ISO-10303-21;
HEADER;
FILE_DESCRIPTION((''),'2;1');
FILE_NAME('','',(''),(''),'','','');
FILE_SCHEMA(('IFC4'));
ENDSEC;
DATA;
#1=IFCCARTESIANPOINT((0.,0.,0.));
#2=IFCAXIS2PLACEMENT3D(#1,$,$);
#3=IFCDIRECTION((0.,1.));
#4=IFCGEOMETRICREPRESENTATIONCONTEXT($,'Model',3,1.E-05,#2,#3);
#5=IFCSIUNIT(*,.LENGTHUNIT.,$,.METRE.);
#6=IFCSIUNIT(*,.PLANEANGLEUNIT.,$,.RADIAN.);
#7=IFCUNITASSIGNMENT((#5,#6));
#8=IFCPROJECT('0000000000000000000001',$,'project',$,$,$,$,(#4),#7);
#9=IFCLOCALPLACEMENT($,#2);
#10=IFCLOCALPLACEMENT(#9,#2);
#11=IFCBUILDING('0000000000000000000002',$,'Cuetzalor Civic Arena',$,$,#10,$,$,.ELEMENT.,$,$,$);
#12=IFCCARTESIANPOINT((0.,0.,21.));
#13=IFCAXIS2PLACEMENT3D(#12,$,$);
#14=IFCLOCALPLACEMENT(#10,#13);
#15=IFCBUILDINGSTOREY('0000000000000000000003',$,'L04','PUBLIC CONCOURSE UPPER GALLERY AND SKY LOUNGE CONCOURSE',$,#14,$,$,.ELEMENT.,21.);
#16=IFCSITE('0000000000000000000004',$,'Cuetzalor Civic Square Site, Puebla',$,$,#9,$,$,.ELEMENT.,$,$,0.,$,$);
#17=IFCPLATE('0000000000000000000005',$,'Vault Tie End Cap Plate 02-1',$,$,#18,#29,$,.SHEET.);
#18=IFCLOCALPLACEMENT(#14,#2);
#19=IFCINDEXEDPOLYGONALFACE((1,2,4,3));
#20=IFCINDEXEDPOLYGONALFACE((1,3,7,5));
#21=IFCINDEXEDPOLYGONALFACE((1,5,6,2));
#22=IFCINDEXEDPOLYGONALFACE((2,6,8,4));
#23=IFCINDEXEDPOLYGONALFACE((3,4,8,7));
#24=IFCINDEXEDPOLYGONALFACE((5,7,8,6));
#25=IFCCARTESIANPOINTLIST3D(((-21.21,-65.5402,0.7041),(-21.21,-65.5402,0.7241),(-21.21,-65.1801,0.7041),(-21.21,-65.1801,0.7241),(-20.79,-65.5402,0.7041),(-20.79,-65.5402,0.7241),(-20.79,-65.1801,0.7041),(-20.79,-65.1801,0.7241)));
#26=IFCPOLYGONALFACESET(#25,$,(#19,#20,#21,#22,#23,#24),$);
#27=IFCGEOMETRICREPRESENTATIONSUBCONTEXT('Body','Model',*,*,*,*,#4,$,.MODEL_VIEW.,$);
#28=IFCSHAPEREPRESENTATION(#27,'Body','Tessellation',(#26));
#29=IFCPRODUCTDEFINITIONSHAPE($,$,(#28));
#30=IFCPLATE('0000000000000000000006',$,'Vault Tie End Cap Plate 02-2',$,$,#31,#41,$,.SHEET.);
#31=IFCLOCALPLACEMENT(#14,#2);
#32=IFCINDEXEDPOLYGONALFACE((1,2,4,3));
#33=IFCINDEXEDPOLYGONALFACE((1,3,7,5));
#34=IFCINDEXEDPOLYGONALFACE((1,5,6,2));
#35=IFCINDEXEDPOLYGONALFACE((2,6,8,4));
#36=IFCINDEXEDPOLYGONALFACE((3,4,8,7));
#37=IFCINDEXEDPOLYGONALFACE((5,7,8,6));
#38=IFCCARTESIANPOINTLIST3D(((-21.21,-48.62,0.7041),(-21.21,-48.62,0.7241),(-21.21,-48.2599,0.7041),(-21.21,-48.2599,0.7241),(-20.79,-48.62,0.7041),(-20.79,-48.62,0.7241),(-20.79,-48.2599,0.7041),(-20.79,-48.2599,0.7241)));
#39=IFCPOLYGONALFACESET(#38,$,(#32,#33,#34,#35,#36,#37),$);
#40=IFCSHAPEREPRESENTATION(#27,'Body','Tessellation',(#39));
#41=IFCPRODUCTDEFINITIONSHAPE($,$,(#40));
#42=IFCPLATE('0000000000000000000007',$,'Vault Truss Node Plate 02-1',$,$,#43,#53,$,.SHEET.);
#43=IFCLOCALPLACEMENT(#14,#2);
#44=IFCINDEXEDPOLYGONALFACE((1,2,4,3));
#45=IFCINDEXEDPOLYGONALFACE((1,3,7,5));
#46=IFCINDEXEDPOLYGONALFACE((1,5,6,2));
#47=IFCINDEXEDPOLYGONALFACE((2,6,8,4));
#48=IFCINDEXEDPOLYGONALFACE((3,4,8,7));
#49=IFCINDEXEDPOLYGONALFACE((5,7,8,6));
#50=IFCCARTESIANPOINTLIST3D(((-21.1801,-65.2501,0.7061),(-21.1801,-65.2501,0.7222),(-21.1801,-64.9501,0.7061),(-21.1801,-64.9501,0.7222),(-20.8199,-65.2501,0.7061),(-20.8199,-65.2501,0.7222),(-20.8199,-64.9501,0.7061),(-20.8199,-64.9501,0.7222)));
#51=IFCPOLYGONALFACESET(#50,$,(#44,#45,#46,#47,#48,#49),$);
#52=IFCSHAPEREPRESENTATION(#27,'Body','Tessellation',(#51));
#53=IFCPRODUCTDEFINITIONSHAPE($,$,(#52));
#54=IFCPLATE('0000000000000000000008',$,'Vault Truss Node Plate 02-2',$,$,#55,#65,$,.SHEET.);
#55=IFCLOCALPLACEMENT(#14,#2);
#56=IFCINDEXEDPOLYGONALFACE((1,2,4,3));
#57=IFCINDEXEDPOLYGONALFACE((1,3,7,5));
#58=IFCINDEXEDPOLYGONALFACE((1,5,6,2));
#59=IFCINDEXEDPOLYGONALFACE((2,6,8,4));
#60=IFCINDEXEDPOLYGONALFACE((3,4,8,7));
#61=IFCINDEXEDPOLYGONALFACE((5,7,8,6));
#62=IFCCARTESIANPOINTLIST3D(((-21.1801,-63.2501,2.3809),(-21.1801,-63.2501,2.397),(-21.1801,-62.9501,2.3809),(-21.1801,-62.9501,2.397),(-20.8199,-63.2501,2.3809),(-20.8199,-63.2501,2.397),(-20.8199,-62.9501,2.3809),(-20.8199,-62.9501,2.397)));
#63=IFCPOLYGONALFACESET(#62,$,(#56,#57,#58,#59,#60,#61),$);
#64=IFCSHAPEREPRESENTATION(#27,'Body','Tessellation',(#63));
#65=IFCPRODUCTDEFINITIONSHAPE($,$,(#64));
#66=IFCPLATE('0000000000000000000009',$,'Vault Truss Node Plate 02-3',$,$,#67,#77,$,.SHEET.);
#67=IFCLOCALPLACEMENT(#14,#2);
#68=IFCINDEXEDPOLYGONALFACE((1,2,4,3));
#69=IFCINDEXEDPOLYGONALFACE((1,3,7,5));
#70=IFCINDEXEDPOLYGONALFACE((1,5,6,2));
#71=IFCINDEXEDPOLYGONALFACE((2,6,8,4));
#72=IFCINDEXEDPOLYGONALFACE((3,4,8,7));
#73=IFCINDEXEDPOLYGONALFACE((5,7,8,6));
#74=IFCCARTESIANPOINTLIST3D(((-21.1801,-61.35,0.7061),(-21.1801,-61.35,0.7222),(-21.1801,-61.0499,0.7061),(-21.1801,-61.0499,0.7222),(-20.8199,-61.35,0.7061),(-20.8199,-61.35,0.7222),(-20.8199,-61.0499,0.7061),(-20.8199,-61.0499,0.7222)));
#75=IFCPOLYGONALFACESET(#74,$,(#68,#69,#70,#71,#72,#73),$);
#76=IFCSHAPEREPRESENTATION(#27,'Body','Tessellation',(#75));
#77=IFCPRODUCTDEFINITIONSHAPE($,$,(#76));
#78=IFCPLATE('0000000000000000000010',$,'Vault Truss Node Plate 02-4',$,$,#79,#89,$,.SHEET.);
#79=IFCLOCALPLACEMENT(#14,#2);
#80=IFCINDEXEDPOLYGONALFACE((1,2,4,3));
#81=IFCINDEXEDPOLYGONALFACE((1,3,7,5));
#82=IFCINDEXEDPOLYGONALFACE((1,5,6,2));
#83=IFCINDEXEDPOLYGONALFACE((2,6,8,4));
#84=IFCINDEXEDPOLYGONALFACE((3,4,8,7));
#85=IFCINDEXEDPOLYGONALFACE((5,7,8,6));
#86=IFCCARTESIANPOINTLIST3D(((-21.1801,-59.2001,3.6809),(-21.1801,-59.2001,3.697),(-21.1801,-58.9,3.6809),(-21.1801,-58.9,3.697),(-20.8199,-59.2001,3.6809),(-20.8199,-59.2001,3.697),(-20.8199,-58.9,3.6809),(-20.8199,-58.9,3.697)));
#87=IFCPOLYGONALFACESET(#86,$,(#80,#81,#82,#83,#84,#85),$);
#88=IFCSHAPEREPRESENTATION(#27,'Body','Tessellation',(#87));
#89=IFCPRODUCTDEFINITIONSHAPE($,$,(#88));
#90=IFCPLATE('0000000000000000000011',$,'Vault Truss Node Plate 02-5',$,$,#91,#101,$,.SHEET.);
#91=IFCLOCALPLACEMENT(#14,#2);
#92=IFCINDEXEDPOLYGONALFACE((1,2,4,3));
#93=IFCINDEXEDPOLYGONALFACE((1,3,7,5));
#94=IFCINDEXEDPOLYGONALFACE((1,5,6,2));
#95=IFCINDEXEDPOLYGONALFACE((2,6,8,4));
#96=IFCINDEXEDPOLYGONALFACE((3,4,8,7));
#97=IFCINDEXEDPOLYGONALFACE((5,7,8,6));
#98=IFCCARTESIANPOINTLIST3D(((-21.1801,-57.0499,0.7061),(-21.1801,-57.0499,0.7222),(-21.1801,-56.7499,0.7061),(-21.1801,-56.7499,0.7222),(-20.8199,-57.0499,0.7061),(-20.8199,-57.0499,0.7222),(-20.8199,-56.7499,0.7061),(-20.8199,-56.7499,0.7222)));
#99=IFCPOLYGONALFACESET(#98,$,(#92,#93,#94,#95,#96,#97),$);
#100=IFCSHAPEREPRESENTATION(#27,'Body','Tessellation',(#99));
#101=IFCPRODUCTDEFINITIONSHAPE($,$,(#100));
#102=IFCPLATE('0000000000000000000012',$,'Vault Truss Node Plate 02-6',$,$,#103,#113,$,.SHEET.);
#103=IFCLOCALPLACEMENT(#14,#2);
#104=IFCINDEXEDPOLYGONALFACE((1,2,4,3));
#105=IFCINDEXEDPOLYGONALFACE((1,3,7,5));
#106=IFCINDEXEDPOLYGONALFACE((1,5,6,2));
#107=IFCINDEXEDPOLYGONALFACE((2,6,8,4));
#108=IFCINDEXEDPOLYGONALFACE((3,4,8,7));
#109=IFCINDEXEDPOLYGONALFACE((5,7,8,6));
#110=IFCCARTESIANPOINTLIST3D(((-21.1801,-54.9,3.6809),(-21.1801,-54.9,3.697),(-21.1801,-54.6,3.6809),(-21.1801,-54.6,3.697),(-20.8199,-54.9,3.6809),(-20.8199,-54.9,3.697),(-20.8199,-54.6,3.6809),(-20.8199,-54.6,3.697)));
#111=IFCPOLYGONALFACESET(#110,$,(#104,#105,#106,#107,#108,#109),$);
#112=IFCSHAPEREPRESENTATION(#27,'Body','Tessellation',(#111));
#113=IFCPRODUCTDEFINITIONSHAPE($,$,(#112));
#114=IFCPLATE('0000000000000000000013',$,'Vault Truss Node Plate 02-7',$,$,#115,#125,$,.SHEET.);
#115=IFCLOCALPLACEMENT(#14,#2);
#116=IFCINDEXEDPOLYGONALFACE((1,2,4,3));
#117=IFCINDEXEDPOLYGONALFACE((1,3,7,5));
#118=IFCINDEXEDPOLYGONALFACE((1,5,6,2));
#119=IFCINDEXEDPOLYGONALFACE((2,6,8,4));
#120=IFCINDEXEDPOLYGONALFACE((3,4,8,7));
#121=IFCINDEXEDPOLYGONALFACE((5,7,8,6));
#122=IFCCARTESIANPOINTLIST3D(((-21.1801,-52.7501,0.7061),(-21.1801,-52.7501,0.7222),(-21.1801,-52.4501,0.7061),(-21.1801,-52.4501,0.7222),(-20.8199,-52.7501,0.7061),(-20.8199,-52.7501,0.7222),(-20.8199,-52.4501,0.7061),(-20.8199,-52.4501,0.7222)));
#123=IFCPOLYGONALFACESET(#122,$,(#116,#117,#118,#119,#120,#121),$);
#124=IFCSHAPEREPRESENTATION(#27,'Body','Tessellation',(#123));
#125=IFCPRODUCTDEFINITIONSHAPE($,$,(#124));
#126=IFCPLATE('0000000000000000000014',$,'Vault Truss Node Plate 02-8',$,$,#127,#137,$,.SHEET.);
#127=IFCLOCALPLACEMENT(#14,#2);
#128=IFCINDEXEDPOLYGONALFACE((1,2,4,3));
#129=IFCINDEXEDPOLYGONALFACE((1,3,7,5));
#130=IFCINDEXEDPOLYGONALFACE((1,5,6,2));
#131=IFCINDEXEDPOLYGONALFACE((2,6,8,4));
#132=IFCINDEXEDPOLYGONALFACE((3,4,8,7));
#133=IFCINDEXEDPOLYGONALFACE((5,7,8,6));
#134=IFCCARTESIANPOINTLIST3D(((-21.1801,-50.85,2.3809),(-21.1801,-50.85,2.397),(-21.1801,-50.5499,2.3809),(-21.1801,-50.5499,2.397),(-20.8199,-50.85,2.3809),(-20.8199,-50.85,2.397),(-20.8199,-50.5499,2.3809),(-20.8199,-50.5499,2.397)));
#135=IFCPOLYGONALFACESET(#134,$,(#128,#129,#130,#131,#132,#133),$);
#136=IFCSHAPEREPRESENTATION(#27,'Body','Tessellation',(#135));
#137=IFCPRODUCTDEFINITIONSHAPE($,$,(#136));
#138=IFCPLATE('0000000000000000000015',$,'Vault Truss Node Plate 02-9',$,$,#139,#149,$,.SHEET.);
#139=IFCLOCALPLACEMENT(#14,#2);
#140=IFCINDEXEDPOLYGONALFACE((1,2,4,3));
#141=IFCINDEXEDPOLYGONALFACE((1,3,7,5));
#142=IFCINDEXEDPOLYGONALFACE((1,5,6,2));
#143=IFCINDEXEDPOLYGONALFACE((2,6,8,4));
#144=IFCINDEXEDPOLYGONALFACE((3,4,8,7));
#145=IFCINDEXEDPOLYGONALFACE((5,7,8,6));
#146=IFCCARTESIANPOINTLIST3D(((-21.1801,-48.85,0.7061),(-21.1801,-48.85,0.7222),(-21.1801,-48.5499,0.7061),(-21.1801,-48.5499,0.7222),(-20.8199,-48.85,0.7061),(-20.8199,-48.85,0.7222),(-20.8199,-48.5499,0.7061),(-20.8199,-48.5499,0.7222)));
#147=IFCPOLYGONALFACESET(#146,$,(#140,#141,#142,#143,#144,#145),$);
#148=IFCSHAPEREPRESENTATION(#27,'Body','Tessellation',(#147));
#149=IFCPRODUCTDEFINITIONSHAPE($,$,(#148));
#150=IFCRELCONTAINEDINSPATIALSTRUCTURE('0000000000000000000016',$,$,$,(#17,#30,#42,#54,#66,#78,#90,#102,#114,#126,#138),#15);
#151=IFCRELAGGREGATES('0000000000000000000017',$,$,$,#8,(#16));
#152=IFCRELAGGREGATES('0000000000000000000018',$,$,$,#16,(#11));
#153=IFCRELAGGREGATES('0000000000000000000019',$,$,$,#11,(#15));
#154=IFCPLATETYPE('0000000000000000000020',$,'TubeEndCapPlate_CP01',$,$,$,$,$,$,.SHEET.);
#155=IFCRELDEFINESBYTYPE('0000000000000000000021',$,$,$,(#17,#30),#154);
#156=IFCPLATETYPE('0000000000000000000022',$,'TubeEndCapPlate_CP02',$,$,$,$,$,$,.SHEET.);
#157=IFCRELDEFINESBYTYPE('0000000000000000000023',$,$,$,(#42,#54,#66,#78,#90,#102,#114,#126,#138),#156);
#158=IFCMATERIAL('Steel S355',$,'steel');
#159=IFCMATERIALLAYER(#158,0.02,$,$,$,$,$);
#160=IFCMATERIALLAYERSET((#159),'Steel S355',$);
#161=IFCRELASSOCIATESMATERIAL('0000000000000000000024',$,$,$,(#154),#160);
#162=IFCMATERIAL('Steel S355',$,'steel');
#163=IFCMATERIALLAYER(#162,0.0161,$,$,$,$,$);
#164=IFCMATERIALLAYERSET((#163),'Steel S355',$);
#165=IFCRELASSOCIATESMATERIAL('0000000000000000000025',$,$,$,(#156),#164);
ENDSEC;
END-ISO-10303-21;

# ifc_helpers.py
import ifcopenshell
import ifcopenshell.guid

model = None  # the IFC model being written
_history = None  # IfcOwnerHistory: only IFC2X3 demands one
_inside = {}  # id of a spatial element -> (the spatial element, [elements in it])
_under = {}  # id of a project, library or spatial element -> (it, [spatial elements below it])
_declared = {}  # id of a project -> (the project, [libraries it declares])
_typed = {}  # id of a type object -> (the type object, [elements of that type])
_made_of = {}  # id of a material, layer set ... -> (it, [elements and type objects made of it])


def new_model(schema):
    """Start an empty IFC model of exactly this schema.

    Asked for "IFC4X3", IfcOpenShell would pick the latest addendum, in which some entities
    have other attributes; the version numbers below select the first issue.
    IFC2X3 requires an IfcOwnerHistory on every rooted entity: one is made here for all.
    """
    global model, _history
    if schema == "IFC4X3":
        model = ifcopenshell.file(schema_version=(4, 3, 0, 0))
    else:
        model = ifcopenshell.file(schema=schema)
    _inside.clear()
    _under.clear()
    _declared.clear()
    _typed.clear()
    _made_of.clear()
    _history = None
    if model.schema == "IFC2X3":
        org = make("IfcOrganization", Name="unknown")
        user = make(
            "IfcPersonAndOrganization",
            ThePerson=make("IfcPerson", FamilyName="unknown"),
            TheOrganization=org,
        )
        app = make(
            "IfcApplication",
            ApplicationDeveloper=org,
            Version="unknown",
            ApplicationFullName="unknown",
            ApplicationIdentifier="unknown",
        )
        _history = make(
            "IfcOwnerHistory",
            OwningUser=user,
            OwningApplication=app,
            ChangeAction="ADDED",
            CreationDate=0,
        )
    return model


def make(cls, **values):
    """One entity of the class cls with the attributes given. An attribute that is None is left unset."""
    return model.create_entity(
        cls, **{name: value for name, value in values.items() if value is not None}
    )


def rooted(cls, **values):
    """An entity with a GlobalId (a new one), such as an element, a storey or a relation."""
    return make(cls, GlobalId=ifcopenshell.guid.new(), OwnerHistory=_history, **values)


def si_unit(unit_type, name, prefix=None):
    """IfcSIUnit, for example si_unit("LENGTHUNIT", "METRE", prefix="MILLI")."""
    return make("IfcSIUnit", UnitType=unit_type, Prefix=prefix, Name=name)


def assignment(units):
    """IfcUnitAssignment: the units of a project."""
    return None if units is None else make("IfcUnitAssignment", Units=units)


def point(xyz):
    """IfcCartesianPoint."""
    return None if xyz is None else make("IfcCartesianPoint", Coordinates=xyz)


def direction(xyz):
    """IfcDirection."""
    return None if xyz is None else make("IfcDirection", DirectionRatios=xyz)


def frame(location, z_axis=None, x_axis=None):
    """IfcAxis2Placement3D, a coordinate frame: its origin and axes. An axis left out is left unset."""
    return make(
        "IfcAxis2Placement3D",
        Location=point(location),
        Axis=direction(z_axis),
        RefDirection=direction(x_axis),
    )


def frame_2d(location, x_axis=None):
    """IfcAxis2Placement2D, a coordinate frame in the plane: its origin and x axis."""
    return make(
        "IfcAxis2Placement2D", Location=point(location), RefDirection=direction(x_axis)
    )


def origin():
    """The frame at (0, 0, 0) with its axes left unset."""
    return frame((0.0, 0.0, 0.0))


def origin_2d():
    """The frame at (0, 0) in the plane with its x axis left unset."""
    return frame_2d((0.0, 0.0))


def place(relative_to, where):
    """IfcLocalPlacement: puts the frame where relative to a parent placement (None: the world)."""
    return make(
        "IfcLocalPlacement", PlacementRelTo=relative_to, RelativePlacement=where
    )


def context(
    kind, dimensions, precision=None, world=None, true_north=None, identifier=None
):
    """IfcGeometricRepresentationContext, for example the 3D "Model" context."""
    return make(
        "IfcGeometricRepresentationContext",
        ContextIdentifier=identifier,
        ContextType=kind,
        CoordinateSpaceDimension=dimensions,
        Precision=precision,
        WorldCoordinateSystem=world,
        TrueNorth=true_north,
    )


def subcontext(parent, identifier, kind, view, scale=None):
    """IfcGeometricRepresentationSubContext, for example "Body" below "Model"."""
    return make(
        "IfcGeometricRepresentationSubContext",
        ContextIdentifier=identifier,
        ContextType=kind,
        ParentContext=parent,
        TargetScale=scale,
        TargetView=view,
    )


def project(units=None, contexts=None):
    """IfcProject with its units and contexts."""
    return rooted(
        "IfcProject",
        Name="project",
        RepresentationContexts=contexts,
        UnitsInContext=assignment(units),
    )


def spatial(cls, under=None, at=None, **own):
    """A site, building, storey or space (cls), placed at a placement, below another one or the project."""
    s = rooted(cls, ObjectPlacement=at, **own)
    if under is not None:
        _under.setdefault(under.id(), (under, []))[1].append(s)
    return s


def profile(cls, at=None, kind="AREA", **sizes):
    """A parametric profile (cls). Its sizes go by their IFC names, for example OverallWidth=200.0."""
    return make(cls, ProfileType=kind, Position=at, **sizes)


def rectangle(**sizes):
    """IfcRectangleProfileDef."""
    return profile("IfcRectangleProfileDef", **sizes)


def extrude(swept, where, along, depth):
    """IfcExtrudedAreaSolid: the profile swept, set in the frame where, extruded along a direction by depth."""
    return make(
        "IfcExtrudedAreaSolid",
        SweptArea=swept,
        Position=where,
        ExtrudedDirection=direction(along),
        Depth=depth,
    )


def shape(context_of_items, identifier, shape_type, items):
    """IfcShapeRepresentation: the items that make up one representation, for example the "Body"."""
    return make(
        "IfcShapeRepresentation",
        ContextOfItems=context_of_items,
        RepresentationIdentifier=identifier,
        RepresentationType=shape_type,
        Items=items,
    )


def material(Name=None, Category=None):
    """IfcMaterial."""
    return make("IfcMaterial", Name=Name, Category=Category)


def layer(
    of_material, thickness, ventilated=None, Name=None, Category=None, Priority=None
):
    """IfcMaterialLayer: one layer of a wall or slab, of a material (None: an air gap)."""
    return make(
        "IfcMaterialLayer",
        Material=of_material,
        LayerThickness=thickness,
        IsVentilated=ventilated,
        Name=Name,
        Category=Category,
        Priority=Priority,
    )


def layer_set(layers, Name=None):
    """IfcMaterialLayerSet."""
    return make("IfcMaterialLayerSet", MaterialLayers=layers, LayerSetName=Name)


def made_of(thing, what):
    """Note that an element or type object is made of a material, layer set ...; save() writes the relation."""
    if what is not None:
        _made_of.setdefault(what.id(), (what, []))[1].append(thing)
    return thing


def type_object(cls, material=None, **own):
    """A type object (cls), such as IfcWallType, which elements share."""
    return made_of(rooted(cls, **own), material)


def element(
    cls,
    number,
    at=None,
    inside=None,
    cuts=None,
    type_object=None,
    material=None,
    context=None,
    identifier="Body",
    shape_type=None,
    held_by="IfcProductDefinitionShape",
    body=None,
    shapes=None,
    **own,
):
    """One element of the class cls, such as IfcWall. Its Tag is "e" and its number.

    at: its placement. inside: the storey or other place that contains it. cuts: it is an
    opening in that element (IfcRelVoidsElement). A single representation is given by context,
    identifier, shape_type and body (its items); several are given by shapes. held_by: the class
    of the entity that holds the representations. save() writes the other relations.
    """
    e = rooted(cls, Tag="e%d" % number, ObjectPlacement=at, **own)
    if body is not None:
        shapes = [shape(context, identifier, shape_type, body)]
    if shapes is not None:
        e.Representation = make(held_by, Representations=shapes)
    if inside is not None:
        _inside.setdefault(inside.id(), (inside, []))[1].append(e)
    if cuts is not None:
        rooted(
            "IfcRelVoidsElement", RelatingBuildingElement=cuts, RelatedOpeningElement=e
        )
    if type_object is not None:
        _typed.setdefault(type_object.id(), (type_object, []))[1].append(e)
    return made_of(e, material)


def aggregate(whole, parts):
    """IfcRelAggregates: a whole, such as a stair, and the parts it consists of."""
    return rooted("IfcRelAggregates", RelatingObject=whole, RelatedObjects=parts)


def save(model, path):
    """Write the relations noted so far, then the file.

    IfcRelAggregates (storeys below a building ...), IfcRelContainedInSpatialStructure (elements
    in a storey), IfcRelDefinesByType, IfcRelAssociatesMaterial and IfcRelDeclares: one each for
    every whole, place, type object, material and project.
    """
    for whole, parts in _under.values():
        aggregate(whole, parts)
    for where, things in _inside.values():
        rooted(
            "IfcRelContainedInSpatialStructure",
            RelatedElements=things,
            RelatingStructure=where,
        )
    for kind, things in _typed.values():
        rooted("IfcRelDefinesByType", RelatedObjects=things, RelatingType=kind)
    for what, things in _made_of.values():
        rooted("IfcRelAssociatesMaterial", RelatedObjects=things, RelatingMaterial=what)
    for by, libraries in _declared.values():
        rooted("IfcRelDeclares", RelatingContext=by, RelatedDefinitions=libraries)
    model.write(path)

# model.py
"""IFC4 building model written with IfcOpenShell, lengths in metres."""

from ifc_helpers import new_model, si_unit, direction, frame, origin, origin_2d, place, context, subcontext, project, spatial, rectangle, extrude, material, layer, layer_set, type_object, element, save


model = new_model("IFC4")

# Units and contexts
model_context = context("Model", 3, precision=1e-05, world=origin(), true_north=direction((0.0, 1.0)))
body_context = subcontext(model_context, "Body", "Model", "MODEL_VIEW")
ifc_project = project(units=[si_unit("LENGTHUNIT", "METRE"), si_unit("PLANEANGLEUNIT", "RADIAN")], contexts=[model_context])

# Site, building, storey
site_placement = place(None, origin())
site = spatial("IfcSite", under=ifc_project, at=site_placement, Name="Cuetzalor Civic Square Site, Puebla", CompositionType="ELEMENT", RefElevation=0.0)
building_placement = place(site_placement, origin())
building = spatial("IfcBuilding", under=site, at=building_placement, Name="Cuetzalor Civic Arena", CompositionType="ELEMENT")
storey_placement = place(building_placement, frame((0.0, 0.0, 21.0)))
storey = spatial("IfcBuildingStorey", under=building, at=storey_placement, Name="L04", Description="PUBLIC CONCOURSE UPPER GALLERY AND SKY LOUNGE CONCOURSE", CompositionType="ELEMENT", Elevation=21.0)

# Plates
ifc_material_1 = material(Name="Steel S355", Category="steel")
ifc_layer_1 = layer(ifc_material_1, 0.02)
ifc_layer_set_1 = layer_set([ifc_layer_1], Name="Steel S355")
plate_type_1 = type_object("IfcPlateType", Name="TubeEndCapPlate_CP01", PredefinedType="SHEET", material=ifc_layer_set_1)
for number, where, z_axis, x_axis, name in (
    (1, (-21.0, -65.3601, 0.7041), (0.0, 0.0, 1.0), (1.0, 0.0, 0.0), "Vault Tie End Cap Plate 02-1"),
    (2, (-21.0, -48.4399, 0.7041), (0.0, 0.0, 1.0), (1.0, 0.0, 0.0), "Vault Tie End Cap Plate 02-2"),
):
    element("IfcPlate", number, at=place(storey_placement, frame(where, z_axis=z_axis, x_axis=x_axis)), inside=storey, type_object=plate_type_1, Name=name, PredefinedType="SHEET", context=body_context, shape_type="SweptSolid", body=[
        extrude(rectangle(XDim=0.4199, YDim=0.3601, at=origin_2d()), origin(), (0.0, 0.0, 1.0), 0.02),
    ])
ifc_material_2 = material(Name="Steel S355", Category="steel")
ifc_layer_2 = layer(ifc_material_2, 0.0161)
ifc_layer_set_2 = layer_set([ifc_layer_2], Name="Steel S355")
plate_type_2 = type_object("IfcPlateType", Name="TubeEndCapPlate_CP02", PredefinedType="SHEET", material=ifc_layer_set_2)
for number, where, z_axis, x_axis, name in (
    (3, (-21.0, -65.1001, 0.7061), (0.0, 0.0, 1.0), (1.0, 0.0, 0.0), "Vault Truss Node Plate 02-1"),
    (4, (-21.0, -63.1001, 2.3809), (0.0, 0.0, 1.0), (1.0, 0.0, 0.0), "Vault Truss Node Plate 02-2"),
    (5, (-21.0, -61.2, 0.7061), (0.0, 0.0, 1.0), (1.0, 0.0, 0.0), "Vault Truss Node Plate 02-3"),
    (6, (-21.0, -59.05, 3.6809), (0.0, 0.0, 1.0), (1.0, 0.0, 0.0), "Vault Truss Node Plate 02-4"),
    (7, (-21.0, -56.8999, 0.7061), (0.0, 0.0, 1.0), (1.0, 0.0, 0.0), "Vault Truss Node Plate 02-5"),
    (8, (-21.0, -54.75, 3.6809), (0.0, 0.0, 1.0), (1.0, 0.0, 0.0), "Vault Truss Node Plate 02-6"),
    (9, (-21.0, -52.6001, 0.7061), (0.0, 0.0, 1.0), (1.0, 0.0, 0.0), "Vault Truss Node Plate 02-7"),
    (10, (-21.0, -50.7, 2.3809), (0.0, 0.0, 1.0), (1.0, 0.0, 0.0), "Vault Truss Node Plate 02-8"),
    (11, (-21.0, -48.7, 0.7061), (0.0, 0.0, 1.0), (1.0, 0.0, 0.0), "Vault Truss Node Plate 02-9"),
):
    element("IfcPlate", number, at=place(storey_placement, frame(where, z_axis=z_axis, x_axis=x_axis)), inside=storey, type_object=plate_type_2, Name=name, PredefinedType="SHEET", context=body_context, shape_type="SweptSolid", body=[
        extrude(rectangle(XDim=0.3601, YDim=0.3, at=origin_2d()), origin(), (0.0, 0.0, 1.0), 0.0161),
    ])

save(model, "model.ifc")
